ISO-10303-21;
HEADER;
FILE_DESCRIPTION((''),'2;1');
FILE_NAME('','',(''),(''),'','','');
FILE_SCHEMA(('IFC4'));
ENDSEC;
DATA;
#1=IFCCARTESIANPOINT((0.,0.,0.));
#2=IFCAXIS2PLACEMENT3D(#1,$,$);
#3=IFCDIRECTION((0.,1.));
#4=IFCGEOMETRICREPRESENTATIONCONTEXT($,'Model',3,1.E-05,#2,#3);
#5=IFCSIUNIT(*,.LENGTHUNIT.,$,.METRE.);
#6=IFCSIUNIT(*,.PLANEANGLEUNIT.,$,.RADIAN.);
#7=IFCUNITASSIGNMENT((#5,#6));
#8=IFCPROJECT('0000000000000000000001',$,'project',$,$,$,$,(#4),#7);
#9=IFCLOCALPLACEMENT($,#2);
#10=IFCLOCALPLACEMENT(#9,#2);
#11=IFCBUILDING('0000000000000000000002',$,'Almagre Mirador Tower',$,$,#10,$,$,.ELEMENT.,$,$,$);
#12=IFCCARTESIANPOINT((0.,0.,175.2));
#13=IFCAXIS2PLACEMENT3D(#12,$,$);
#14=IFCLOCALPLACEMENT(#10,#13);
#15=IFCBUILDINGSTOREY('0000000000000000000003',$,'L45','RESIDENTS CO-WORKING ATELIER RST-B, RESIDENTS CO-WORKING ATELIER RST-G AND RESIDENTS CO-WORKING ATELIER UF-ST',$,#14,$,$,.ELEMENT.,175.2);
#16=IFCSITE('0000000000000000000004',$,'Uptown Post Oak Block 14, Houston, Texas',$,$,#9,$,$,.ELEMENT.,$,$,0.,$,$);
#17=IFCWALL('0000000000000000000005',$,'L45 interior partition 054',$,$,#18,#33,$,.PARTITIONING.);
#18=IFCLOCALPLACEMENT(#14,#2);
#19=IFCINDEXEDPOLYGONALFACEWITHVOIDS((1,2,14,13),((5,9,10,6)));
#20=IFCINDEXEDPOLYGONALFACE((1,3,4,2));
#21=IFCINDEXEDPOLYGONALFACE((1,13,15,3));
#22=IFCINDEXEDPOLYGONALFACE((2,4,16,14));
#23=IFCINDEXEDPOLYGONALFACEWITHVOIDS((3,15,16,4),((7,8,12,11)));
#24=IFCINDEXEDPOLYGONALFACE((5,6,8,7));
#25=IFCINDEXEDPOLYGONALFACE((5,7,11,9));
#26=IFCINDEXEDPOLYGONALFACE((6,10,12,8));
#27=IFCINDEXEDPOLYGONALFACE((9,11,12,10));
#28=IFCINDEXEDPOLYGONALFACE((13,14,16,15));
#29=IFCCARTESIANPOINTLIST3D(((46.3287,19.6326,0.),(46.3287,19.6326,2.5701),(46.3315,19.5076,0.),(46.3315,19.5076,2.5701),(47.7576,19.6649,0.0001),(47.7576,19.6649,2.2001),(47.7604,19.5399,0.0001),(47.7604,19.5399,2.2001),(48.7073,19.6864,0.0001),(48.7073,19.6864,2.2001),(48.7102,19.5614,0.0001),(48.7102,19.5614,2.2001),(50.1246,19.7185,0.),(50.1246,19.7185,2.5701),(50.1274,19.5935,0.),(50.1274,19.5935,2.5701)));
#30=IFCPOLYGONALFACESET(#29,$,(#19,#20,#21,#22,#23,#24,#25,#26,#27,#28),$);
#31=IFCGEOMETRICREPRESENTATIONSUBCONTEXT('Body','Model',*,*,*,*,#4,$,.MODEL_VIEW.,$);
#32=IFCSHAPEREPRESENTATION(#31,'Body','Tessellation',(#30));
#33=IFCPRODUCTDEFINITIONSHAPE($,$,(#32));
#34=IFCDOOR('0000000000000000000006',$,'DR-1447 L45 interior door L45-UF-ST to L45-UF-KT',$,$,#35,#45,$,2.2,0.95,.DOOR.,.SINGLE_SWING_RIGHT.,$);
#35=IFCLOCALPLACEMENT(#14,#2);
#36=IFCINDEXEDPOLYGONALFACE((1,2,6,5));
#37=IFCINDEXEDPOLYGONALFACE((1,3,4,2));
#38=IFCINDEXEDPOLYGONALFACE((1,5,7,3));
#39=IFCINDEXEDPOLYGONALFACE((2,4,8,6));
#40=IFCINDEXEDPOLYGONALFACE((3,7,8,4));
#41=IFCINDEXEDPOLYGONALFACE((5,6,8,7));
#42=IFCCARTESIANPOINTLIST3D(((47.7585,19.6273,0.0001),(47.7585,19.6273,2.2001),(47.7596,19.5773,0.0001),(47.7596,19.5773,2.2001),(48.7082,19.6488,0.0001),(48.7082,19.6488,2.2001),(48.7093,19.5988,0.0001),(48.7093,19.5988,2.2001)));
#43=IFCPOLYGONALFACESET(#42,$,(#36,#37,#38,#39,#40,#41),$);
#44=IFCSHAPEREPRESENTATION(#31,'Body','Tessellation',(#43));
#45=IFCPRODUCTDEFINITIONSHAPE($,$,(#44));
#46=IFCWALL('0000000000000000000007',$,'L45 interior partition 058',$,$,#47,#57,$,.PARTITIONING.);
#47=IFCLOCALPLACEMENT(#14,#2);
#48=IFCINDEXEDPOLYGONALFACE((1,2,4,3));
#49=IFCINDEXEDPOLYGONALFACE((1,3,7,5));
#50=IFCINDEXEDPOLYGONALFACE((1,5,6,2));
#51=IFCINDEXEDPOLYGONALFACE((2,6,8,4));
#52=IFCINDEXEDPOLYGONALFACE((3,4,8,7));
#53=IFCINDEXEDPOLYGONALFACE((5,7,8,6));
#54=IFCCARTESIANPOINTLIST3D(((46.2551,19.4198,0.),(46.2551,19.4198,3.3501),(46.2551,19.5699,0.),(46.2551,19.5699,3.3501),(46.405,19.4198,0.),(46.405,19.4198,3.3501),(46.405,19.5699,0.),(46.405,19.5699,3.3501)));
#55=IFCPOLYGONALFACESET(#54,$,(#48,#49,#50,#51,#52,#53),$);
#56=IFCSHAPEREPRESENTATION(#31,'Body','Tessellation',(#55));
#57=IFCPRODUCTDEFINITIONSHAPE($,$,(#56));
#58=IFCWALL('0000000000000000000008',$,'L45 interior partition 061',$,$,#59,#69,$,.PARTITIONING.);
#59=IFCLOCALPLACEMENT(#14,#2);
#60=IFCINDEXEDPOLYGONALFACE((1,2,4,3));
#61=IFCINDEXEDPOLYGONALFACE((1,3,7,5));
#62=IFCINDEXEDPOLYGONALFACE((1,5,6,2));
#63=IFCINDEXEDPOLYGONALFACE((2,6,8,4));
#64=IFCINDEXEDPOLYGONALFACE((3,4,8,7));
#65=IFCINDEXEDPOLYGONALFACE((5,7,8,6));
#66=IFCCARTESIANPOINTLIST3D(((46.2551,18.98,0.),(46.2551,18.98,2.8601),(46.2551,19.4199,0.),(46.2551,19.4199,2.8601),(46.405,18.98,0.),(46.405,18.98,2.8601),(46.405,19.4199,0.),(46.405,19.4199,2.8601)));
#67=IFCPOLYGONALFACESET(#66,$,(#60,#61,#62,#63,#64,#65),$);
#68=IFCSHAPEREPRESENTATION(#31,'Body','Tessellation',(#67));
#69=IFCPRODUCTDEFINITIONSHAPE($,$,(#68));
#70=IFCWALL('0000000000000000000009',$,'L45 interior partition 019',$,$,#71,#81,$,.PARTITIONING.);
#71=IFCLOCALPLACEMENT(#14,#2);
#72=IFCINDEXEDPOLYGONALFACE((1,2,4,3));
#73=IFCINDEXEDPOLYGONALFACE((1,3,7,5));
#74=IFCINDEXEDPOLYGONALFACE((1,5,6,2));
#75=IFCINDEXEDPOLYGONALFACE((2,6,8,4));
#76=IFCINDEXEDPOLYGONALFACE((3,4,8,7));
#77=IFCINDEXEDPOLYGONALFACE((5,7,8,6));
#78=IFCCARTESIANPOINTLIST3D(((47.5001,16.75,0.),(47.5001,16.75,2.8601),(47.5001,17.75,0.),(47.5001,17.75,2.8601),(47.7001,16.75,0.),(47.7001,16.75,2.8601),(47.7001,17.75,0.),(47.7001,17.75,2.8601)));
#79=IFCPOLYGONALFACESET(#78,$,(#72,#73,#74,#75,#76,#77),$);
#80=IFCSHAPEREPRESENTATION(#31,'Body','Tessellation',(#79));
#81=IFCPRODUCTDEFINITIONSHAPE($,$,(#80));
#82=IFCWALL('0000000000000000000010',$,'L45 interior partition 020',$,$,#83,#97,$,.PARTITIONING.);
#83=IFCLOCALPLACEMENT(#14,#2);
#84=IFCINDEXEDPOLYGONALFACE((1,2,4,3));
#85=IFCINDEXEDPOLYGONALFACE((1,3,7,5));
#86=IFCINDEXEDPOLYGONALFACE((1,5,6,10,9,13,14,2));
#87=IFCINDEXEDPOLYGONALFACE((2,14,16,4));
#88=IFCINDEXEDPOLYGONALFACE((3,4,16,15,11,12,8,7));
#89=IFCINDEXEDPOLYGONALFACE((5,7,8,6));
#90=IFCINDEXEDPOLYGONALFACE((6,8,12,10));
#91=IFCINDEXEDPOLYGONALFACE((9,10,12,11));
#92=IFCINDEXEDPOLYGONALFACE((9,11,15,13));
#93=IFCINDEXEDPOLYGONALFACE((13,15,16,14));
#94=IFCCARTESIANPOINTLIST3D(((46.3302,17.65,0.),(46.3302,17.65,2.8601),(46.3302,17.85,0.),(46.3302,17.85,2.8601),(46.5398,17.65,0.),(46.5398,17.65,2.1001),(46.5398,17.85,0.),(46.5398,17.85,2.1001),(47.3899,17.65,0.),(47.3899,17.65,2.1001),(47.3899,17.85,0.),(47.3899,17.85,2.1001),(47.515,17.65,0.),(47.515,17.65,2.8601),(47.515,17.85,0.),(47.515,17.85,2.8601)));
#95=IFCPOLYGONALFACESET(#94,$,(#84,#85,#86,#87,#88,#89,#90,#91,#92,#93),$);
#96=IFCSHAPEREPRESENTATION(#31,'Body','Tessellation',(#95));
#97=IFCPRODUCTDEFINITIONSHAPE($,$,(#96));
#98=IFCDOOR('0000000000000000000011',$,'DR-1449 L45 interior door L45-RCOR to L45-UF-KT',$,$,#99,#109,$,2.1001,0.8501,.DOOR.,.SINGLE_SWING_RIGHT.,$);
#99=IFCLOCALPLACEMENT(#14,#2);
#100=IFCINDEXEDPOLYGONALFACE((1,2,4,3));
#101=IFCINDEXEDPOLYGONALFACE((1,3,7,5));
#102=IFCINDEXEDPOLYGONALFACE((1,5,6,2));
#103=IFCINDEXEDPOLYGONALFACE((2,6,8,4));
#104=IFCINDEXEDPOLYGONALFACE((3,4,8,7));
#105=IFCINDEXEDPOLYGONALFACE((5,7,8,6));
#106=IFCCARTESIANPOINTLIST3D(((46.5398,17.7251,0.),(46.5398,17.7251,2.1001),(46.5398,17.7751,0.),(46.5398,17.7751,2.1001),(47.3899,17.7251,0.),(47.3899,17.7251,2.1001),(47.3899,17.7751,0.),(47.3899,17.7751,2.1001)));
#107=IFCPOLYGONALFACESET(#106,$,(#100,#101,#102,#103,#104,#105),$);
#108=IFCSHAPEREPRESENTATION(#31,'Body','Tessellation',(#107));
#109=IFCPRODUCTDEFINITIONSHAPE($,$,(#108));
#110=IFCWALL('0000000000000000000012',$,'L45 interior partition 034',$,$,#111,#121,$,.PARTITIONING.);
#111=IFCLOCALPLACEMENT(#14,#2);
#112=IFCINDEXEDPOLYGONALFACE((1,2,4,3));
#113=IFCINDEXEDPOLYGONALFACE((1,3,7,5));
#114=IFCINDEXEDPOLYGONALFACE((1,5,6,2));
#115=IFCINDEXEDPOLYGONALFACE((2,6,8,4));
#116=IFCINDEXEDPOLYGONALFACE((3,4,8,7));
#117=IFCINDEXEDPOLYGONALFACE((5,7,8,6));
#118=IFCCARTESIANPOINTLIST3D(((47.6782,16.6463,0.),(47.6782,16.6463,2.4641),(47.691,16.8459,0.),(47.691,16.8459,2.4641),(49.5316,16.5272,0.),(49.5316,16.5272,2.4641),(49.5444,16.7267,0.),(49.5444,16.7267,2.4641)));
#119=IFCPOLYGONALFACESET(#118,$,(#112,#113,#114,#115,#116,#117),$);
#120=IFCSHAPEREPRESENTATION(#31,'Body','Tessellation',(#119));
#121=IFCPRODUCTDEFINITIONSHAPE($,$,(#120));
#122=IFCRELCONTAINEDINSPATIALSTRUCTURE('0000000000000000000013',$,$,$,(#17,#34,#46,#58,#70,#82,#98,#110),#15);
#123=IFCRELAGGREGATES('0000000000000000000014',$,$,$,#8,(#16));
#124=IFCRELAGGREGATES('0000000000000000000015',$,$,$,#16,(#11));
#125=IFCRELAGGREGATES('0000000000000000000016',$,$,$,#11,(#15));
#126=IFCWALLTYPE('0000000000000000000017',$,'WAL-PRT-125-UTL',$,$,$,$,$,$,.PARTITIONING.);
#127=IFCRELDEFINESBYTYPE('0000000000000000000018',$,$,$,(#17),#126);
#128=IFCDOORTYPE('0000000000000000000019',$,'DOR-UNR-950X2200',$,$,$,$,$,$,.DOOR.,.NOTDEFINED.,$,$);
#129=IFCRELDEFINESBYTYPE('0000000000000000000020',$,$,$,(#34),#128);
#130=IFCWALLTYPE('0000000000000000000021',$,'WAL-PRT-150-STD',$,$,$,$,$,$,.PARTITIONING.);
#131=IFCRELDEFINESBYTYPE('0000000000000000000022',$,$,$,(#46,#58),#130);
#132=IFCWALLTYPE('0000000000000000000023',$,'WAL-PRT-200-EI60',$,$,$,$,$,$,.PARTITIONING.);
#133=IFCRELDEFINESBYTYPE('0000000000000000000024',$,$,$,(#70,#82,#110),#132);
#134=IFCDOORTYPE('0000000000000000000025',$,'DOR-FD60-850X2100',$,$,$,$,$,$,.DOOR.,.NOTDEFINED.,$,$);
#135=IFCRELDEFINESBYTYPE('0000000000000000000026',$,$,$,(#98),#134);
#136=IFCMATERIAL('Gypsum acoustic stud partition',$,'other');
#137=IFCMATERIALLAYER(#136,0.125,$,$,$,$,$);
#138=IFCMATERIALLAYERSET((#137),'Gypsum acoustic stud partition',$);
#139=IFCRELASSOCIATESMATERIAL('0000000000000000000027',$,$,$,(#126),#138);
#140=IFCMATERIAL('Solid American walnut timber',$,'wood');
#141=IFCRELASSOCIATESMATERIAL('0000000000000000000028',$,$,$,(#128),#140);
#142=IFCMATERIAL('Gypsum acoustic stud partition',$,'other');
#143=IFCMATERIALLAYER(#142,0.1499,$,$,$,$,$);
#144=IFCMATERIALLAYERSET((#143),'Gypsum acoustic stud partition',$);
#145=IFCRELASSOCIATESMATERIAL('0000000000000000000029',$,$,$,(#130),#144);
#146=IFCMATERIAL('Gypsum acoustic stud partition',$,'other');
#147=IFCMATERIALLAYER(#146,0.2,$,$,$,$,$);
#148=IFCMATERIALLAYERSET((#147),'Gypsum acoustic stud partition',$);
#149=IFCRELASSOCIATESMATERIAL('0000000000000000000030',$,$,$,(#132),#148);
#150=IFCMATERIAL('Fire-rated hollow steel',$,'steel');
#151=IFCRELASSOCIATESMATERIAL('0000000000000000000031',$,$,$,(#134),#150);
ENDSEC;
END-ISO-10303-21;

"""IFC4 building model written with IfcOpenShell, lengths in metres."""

from ifc_helpers import new_model, si_unit, direction, frame, frame_2d, origin, place, context, subcontext, project, spatial, rectangle, extrude, material, layer, layer_set, type_object, element, fill, save


model = new_model("IFC4")

# Units and contexts
model_context = context("Model", 3, precision=1e-05, world=origin(), true_north=direction((0.0, 1.0)))
body_context = subcontext(model_context, "Body", "Model", "MODEL_VIEW")
ifc_project = project(units=[si_unit("LENGTHUNIT", "METRE"), si_unit("PLANEANGLEUNIT", "RADIAN")], contexts=[model_context])

# Site, building, storey
site_placement = place(None, origin())
site = spatial("IfcSite", under=ifc_project, at=site_placement, Name="Uptown Post Oak Block 14, Houston, Texas", CompositionType="ELEMENT", RefElevation=0.0)
building_placement = place(site_placement, origin())
building = spatial("IfcBuilding", under=site, at=building_placement, Name="Almagre Mirador Tower", CompositionType="ELEMENT")
storey_placement = place(building_placement, frame((0.0, 0.0, 175.2)))
storey = spatial("IfcBuildingStorey", under=building, at=storey_placement, Name="L45", Description="RESIDENTS CO-WORKING ATELIER RST-B, RESIDENTS CO-WORKING ATELIER RST-G AND RESIDENTS CO-WORKING ATELIER UF-ST", CompositionType="ELEMENT", Elevation=175.2)

# Wall, opening, door
ifc_material_1 = material(Name="Gypsum acoustic stud partition", Category="other")
ifc_layer_1 = layer(ifc_material_1, 0.125)
ifc_layer_set_1 = layer_set([ifc_layer_1], Name="Gypsum acoustic stud partition")
wall_type_1 = type_object("IfcWallType", Name="WAL-PRT-125-UTL", PredefinedType="PARTITIONING", material=ifc_layer_set_1)
wall_1_placement = place(storey_placement, frame((46.3301, 19.5701, 0.0), z_axis=(0.0, 0.0, 1.0), x_axis=(0.999744, 0.022634, 0.0)))
wall_1 = element("IfcWall", 1, at=wall_1_placement, inside=storey, type_object=wall_type_1, Name="L45 interior partition 054", PredefinedType="PARTITIONING", context=body_context, shape_type="SweptSolid", body=[
    extrude(rectangle(XDim=3.7969, YDim=0.125, at=frame_2d((1.8984, 0.0))), origin(), (0.0, 0.0, 1.0), 2.5701),
])
opening_1_placement = place(wall_1_placement, frame((1.4292, 0.0, 0.0)))
opening_1 = element("IfcOpeningElement", 2, at=opening_1_placement, cuts=wall_1, PredefinedType="OPENING", context=body_context, shape_type="SweptSolid", body=[
    extrude(rectangle(XDim=0.95, YDim=2.2, at=frame_2d((0.4751, 1.1001))), frame((0.0, 0.0725, 0.0), z_axis=(0.0, -1.0, 0.0), x_axis=(1.0, 0.0, 0.0)), (0.0, 0.0, 1.0), 0.145),
])
ifc_material_2 = material(Name="Solid American walnut timber", Category="wood")
door_type_1 = type_object("IfcDoorType", Name="DOR-UNR-950X2200", OperationType="NOTDEFINED", PredefinedType="DOOR", material=ifc_material_2)
door_1_placement = place(opening_1_placement, origin())
door_1 = element("IfcDoor", 3, at=door_1_placement, inside=storey, type_object=door_type_1, Name="DR-1447 L45 interior door L45-UF-ST to L45-UF-KT", OperationType="SINGLE_SWING_RIGHT", OverallHeight=2.2, OverallWidth=0.95, PredefinedType="DOOR", context=body_context, shape_type="SweptSolid", body=[
    extrude(rectangle(XDim=0.95, YDim=2.2, at=frame_2d((0.4751, 1.1001))), frame((0.0, 0.0249, 0.0), z_axis=(0.0, -1.0, 0.0), x_axis=(1.0, 0.0, 0.0)), (0.0, 0.0, 1.0), 0.05),
])
fill(opening_1, door_1)

# Walls
ifc_material_3 = material(Name="Gypsum acoustic stud partition", Category="other")
ifc_layer_2 = layer(ifc_material_3, 0.1499)
ifc_layer_set_2 = layer_set([ifc_layer_2], Name="Gypsum acoustic stud partition")
wall_type_2 = type_object("IfcWallType", Name="WAL-PRT-150-STD", PredefinedType="PARTITIONING", material=ifc_layer_set_2)
wall_2_placement = place(storey_placement, frame((46.3301, 19.5701, 0.0), z_axis=(0.0, 0.0, 1.0), x_axis=(0.0, -1.0, 0.0)))
element("IfcWall", 4, at=wall_2_placement, inside=storey, type_object=wall_type_2, Name="L45 interior partition 058", PredefinedType="PARTITIONING", context=body_context, shape_type="SweptSolid", body=[
    extrude(rectangle(XDim=0.1501, YDim=0.1499, at=frame_2d((0.0752, 0.0))), origin(), (0.0, 0.0, 1.0), 3.3501),
])
wall_3_placement = place(storey_placement, frame((46.3301, 19.4199, 0.0), z_axis=(0.0, 0.0, 1.0), x_axis=(0.0, -1.0, 0.0)))
element("IfcWall", 5, at=wall_3_placement, inside=storey, type_object=wall_type_2, Name="L45 interior partition 061", PredefinedType="PARTITIONING", context=body_context, shape_type="SweptSolid", body=[
    extrude(rectangle(XDim=0.4399, YDim=0.1499, at=frame_2d((0.22, 0.0))), origin(), (0.0, 0.0, 1.0), 2.8601),
])
ifc_material_4 = material(Name="Gypsum acoustic stud partition", Category="other")
ifc_layer_3 = layer(ifc_material_4, 0.2)
ifc_layer_set_3 = layer_set([ifc_layer_3], Name="Gypsum acoustic stud partition")
wall_type_3 = type_object("IfcWallType", Name="WAL-PRT-200-EI60", PredefinedType="PARTITIONING", material=ifc_layer_set_3)
wall_4_placement = place(storey_placement, frame((47.6001, 16.75, 0.0), z_axis=(0.0, 0.0, 1.0), x_axis=(0.0, 1.0, 0.0)))
element("IfcWall", 6, at=wall_4_placement, inside=storey, type_object=wall_type_3, Name="L45 interior partition 019", PredefinedType="PARTITIONING", context=body_context, shape_type="SweptSolid", body=[
    extrude(rectangle(XDim=1.0, YDim=0.2, at=frame_2d((0.5, 0.0))), origin(), (0.0, 0.0, 1.0), 2.8601),
])

# Wall, opening, door
wall_5_placement = place(storey_placement, frame((47.5149, 17.75, 0.0), z_axis=(0.0, 0.0, 1.0), x_axis=(-1.0, 0.0, 0.0)))
wall_5 = element("IfcWall", 7, at=wall_5_placement, inside=storey, type_object=wall_type_3, Name="L45 interior partition 020", PredefinedType="PARTITIONING", context=body_context, shape_type="SweptSolid", body=[
    extrude(rectangle(XDim=1.1848, YDim=0.2, at=frame_2d((0.5923, 0.0))), origin(), (0.0, 0.0, 1.0), 2.8601),
])
opening_2_placement = place(wall_5_placement, frame((0.125, 0.0, 0.0)))
opening_2 = element("IfcOpeningElement", 8, at=opening_2_placement, cuts=wall_5, PredefinedType="OPENING", context=body_context, shape_type="SweptSolid", body=[
    extrude(rectangle(XDim=0.8501, YDim=2.1001, at=frame_2d((0.425, 1.05))), frame((0.0, 0.1101, 0.0), z_axis=(0.0, -1.0, 0.0), x_axis=(1.0, 0.0, 0.0)), (0.0, 0.0, 1.0), 0.22),
])
ifc_material_5 = material(Name="Fire-rated hollow steel", Category="steel")
door_type_2 = type_object("IfcDoorType", Name="DOR-FD60-850X2100", OperationType="NOTDEFINED", PredefinedType="DOOR", material=ifc_material_5)
door_2_placement = place(opening_2_placement, origin())
door_2 = element("IfcDoor", 9, at=door_2_placement, inside=storey, type_object=door_type_2, Name="DR-1449 L45 interior door L45-RCOR to L45-UF-KT", OperationType="SINGLE_SWING_RIGHT", OverallHeight=2.1001, OverallWidth=0.8501, PredefinedType="DOOR", context=body_context, shape_type="SweptSolid", body=[
    extrude(rectangle(XDim=0.8501, YDim=2.1001, at=frame_2d((0.425, 1.05))), frame((0.0, 0.0249, 0.0), z_axis=(0.0, -1.0, 0.0), x_axis=(1.0, 0.0, 0.0)), (0.0, 0.0, 1.0), 0.05),
])
fill(opening_2, door_2)

# Wall
wall_6_placement = place(storey_placement, frame((49.5381, 16.627, 0.0), z_axis=(0.0, 0.0, 1.0), x_axis=(-0.99794, 0.064154, 0.0)))
element("IfcWall", 10, at=wall_6_placement, inside=storey, type_object=wall_type_3, Name="L45 interior partition 034", PredefinedType="PARTITIONING", context=body_context, shape_type="SweptSolid", body=[
    extrude(rectangle(XDim=1.8572, YDim=0.2, at=frame_2d((0.9287, 0.0))), origin(), (0.0, 0.0, 1.0), 2.4641),
])

save(model, "model.ifc")
